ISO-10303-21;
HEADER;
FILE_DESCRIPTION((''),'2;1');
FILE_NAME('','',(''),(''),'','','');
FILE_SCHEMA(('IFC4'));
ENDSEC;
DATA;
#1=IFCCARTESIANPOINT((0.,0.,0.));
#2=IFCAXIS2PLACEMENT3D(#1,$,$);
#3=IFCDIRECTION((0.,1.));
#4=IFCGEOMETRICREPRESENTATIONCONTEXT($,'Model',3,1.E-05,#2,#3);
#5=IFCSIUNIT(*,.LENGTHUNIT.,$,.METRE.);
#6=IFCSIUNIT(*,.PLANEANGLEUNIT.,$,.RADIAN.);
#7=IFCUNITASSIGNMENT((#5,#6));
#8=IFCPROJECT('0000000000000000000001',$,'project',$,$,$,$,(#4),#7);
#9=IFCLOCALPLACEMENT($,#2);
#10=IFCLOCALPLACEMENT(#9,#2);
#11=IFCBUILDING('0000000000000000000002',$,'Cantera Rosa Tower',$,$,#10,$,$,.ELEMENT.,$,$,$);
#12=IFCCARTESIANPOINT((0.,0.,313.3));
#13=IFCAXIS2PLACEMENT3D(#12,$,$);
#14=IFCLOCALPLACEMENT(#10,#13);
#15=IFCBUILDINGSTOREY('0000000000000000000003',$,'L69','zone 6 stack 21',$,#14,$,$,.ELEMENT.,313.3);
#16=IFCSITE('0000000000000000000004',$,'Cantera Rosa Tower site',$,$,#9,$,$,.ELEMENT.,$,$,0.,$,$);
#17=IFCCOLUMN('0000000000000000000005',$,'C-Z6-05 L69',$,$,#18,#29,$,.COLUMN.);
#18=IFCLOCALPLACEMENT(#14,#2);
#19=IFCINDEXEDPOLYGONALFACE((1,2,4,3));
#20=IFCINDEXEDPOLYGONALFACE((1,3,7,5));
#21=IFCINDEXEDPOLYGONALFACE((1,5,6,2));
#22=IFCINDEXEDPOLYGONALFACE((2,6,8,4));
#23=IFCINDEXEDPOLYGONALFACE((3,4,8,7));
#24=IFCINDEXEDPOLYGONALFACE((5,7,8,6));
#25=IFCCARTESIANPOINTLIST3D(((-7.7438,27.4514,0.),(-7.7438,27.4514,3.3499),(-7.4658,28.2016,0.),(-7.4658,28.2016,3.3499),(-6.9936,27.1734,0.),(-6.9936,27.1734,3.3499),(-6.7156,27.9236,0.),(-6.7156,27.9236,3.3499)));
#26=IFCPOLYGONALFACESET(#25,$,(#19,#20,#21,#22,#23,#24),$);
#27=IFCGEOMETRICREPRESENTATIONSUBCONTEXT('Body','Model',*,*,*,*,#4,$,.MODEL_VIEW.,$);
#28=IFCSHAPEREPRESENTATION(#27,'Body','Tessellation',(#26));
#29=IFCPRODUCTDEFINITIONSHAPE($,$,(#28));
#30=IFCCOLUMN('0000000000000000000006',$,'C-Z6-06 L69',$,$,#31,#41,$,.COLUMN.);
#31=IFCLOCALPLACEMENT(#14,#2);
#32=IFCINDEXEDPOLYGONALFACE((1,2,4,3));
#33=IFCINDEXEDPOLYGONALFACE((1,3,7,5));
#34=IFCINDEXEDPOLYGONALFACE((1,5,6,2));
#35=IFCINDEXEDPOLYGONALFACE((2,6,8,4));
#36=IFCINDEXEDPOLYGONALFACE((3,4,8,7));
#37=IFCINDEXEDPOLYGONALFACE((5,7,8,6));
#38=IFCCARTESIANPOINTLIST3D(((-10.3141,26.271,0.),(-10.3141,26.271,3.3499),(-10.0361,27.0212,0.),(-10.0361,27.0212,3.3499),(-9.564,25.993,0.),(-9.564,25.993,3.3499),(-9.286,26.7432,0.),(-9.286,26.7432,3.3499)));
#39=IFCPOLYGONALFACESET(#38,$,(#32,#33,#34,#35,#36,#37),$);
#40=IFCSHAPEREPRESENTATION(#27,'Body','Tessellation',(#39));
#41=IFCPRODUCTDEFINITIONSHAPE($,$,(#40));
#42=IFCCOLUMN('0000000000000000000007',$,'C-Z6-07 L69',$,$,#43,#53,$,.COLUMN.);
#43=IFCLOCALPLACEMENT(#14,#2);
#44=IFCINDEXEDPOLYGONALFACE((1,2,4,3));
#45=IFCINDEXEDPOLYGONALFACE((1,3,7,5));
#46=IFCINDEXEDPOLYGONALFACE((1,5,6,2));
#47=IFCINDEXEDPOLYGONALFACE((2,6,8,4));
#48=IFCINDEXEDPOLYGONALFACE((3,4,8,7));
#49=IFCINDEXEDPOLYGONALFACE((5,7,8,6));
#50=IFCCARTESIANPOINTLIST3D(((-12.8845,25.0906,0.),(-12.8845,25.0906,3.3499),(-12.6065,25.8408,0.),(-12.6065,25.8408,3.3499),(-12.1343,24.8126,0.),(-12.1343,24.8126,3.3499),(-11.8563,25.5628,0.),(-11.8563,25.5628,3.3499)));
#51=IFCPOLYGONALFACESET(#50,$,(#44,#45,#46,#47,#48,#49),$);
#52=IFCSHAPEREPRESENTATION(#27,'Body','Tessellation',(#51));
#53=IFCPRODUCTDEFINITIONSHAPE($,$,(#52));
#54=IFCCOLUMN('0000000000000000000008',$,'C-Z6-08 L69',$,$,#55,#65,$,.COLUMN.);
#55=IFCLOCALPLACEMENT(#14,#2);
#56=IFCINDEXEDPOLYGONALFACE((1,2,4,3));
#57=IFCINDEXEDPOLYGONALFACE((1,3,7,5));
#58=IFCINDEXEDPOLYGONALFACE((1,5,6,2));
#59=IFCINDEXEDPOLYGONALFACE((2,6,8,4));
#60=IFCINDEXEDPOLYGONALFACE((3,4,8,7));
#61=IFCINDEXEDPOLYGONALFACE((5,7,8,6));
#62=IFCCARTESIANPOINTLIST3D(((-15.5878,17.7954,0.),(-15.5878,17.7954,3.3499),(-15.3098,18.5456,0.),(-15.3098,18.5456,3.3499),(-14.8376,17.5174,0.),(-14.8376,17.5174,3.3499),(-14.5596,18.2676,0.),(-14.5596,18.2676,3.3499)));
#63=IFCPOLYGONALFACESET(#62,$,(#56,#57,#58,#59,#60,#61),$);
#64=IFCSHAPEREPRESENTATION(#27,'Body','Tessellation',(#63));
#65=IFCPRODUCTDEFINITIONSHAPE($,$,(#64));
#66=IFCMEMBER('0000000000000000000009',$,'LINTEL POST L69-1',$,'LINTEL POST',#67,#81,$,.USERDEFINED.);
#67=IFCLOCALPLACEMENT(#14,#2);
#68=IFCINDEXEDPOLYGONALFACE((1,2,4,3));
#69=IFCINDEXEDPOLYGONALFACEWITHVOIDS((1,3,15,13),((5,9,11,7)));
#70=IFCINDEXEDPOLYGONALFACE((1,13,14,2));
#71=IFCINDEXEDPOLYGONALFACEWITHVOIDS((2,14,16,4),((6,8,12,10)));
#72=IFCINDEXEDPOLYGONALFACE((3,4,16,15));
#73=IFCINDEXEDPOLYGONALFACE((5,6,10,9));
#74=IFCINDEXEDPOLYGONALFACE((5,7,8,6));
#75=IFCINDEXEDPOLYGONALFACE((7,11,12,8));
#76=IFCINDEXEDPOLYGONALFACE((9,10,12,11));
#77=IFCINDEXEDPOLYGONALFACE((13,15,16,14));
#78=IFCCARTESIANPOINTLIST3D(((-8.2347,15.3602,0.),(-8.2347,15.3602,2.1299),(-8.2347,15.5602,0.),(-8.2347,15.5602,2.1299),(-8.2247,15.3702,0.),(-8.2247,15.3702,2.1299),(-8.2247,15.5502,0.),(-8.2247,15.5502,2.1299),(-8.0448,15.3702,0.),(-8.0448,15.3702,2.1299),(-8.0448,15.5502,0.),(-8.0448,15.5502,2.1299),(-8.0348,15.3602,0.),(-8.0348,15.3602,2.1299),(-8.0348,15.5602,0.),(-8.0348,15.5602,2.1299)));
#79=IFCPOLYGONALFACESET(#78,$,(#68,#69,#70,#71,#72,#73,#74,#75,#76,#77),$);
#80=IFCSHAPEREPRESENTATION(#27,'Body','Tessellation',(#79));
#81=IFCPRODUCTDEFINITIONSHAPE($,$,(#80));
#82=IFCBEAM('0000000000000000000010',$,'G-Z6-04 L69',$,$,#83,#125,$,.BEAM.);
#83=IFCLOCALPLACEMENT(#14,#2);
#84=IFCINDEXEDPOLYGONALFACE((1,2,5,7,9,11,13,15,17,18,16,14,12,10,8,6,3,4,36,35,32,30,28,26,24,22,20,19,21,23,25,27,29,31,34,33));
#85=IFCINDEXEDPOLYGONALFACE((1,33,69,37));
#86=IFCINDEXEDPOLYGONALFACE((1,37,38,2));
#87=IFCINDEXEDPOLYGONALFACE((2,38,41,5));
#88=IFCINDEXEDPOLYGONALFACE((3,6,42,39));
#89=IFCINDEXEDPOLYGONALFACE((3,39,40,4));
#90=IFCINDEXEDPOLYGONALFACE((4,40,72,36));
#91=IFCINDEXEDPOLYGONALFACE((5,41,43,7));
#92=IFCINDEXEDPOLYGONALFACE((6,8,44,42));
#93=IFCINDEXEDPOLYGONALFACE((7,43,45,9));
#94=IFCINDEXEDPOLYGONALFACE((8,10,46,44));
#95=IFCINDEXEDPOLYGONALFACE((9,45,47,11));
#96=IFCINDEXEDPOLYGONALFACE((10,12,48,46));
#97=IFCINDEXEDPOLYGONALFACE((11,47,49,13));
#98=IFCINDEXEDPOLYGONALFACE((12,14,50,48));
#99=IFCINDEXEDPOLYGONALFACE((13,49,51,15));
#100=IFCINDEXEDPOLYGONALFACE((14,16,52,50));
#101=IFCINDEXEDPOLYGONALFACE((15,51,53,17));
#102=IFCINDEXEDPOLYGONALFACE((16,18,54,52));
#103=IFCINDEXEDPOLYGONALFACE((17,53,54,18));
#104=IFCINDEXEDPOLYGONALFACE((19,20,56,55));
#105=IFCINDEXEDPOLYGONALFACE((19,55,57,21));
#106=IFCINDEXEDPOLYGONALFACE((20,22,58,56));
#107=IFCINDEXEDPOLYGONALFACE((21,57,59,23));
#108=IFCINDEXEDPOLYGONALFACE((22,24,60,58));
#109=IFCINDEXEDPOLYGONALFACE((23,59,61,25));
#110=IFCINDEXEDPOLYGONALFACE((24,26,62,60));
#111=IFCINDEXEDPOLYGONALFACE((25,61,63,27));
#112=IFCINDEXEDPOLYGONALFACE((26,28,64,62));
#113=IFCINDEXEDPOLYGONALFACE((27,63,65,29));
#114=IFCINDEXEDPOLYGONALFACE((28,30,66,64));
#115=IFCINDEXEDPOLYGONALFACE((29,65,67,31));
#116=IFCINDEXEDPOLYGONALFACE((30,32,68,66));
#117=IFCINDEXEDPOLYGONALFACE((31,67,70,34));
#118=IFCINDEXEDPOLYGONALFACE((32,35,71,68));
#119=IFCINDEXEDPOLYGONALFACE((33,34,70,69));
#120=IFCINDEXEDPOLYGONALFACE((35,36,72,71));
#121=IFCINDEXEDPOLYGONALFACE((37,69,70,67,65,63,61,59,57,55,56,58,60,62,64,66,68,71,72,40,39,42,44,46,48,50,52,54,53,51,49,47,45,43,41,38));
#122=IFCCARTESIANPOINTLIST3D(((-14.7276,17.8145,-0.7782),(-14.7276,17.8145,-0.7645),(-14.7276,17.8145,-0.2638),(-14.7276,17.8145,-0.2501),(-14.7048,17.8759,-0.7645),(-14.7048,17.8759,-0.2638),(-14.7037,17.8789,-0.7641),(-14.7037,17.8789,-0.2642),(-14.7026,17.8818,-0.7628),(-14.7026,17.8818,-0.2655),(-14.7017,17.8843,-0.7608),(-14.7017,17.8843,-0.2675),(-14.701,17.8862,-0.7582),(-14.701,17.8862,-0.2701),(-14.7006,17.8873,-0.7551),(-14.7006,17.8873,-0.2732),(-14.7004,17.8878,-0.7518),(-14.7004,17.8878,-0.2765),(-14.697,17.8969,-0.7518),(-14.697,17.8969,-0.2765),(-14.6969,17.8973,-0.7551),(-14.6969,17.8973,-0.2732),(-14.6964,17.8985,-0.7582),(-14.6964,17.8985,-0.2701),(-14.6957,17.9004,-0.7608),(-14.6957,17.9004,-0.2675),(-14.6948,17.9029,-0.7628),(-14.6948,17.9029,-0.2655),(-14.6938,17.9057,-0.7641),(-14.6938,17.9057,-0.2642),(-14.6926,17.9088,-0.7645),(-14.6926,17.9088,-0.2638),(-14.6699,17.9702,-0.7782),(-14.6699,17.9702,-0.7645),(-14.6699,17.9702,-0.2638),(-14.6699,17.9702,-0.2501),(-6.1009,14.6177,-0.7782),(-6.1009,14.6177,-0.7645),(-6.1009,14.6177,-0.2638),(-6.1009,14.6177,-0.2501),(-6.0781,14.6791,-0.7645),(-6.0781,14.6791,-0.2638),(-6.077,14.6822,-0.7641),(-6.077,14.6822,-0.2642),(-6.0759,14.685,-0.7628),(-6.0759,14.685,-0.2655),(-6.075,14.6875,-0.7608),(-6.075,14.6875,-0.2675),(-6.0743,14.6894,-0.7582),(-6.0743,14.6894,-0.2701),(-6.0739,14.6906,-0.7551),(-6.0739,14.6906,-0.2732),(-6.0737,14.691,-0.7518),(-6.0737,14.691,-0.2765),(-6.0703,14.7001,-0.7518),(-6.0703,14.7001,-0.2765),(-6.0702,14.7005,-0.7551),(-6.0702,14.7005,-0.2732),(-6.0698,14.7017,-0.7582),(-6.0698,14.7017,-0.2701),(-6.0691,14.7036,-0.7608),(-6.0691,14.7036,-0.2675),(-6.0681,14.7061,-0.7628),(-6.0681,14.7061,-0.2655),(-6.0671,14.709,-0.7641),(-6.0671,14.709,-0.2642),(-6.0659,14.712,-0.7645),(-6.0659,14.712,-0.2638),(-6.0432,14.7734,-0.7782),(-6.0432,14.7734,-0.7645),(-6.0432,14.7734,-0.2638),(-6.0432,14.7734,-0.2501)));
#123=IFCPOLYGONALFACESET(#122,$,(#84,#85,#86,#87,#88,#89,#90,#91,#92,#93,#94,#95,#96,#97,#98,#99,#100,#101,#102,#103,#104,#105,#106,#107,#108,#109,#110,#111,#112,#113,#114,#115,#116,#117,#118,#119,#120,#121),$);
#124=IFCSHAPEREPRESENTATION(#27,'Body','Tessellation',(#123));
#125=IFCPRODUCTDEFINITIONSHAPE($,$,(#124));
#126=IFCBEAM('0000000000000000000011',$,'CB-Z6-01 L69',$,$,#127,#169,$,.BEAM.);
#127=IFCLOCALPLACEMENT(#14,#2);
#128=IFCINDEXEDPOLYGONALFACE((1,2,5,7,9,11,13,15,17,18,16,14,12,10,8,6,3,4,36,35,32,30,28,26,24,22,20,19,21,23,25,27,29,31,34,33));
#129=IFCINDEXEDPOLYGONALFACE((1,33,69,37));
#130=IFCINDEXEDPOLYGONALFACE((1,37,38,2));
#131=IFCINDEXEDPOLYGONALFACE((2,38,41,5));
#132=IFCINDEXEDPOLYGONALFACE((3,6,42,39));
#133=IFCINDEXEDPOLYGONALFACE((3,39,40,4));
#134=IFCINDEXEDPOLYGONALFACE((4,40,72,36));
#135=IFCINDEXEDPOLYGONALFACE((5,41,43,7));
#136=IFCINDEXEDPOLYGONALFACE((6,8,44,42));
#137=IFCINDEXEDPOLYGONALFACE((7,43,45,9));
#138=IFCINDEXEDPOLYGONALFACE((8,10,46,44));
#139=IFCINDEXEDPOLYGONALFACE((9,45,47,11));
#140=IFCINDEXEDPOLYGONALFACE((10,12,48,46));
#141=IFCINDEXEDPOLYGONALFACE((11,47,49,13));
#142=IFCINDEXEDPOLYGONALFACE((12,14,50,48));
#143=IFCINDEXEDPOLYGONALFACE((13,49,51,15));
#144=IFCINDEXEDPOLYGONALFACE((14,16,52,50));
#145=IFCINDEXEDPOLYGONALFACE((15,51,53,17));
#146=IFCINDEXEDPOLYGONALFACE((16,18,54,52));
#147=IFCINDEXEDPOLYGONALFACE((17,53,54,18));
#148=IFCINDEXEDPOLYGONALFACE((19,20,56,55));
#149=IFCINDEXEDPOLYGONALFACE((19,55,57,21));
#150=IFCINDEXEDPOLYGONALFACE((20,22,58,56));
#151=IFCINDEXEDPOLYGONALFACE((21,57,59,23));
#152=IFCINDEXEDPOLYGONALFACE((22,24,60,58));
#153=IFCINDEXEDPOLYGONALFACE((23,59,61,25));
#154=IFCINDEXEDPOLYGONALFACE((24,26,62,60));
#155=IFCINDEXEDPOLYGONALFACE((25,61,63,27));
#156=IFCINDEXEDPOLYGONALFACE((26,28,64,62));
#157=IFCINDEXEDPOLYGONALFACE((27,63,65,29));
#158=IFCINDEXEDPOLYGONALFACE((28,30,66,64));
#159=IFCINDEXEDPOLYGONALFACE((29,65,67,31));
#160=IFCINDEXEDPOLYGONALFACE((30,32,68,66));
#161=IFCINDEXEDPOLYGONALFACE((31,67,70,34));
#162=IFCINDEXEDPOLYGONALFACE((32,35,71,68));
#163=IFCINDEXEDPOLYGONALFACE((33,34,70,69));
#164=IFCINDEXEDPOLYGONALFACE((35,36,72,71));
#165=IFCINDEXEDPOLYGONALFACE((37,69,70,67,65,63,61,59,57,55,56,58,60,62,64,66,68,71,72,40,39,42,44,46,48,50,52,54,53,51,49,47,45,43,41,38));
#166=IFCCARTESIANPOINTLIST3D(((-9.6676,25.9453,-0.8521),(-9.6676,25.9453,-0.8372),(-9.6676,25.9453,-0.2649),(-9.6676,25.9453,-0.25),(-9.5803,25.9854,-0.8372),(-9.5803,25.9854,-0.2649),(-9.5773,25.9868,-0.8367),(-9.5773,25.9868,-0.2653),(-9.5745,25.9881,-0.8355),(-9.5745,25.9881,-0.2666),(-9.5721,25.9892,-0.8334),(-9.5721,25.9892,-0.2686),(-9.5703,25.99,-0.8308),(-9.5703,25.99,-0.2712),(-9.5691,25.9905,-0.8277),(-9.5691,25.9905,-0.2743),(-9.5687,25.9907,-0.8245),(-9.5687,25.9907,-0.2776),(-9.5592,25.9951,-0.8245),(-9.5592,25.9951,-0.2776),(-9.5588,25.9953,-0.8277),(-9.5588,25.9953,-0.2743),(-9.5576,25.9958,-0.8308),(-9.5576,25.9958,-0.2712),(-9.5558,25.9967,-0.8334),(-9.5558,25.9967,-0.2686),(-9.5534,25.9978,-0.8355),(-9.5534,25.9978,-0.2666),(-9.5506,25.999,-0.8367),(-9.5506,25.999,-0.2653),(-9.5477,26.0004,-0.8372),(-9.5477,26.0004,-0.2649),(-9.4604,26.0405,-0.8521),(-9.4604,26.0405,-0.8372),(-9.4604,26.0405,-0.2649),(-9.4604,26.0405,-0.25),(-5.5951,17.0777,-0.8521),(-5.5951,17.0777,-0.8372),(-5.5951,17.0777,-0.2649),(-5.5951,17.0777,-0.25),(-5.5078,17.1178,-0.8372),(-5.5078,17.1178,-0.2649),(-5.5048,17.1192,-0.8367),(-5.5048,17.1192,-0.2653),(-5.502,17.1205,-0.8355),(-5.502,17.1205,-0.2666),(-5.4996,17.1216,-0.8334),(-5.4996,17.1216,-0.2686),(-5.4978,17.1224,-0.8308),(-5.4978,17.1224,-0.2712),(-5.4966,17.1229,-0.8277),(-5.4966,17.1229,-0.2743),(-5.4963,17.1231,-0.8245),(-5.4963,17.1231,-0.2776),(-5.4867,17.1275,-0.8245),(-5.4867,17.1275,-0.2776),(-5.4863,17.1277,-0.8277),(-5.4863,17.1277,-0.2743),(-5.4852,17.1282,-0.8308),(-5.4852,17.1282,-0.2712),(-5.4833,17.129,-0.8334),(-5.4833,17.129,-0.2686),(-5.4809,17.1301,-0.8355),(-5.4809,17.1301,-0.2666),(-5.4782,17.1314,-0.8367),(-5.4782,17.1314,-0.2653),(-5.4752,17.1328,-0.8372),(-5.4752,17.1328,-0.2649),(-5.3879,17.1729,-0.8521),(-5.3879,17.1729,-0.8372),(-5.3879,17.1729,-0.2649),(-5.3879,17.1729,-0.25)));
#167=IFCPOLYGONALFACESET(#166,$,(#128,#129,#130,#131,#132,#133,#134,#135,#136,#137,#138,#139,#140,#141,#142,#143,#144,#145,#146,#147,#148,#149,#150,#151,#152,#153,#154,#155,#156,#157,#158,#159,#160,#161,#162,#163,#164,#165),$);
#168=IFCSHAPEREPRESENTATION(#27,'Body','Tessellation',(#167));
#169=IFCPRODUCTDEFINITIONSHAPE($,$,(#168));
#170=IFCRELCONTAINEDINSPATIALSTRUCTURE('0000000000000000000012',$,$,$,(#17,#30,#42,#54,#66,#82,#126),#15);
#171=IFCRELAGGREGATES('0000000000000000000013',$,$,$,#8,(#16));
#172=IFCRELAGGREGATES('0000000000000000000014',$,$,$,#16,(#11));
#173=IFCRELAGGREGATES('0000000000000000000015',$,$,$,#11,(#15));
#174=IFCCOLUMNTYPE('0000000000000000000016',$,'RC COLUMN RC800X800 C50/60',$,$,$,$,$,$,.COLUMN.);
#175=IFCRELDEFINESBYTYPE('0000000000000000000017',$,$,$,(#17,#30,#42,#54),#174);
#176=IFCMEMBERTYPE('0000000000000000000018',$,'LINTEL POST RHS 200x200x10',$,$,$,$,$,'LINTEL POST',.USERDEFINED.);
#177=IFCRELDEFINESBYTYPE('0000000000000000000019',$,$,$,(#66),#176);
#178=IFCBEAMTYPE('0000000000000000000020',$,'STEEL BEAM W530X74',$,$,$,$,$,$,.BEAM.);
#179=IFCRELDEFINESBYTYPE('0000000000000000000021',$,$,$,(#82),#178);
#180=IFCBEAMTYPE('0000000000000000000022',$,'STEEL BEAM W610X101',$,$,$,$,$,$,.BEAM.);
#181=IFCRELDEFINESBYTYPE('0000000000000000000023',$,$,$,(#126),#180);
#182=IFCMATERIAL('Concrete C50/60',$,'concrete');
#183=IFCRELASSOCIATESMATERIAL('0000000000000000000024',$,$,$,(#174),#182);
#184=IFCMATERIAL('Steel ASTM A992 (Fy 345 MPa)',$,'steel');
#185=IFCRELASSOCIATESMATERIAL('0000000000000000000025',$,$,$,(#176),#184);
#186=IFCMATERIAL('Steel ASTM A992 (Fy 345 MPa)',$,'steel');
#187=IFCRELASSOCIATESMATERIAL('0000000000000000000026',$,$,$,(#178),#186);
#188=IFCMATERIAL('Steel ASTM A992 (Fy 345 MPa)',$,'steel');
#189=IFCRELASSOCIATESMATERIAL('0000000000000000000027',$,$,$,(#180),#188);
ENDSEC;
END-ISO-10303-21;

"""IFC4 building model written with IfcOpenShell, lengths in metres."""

from ifc_helpers import new_model, si_unit, direction, frame, origin, origin_2d, place, context, subcontext, project, spatial, rectangle, hollow_rectangle, i_section, extrude, material, material_profile, profile_set, type_object, element, save


model = new_model("IFC4")

# Units and contexts
model_context = context("Model", 3, precision=1e-05, world=origin(), true_north=direction((0.0, 1.0)))
body_context = subcontext(model_context, "Body", "Model", "MODEL_VIEW")
ifc_project = project(units=[si_unit("LENGTHUNIT", "METRE"), si_unit("PLANEANGLEUNIT", "RADIAN")], contexts=[model_context])

# Site, building, storey
site_placement = place(None, origin())
site = spatial("IfcSite", under=ifc_project, at=site_placement, Name="Cantera Rosa Tower site", CompositionType="ELEMENT", RefElevation=0.0)
building_placement = place(site_placement, origin())
building = spatial("IfcBuilding", under=site, at=building_placement, Name="Cantera Rosa Tower", CompositionType="ELEMENT")
storey_placement = place(building_placement, frame((0.0, 0.0, 313.3)))
storey = spatial("IfcBuildingStorey", under=building, at=storey_placement, Name="L69", Description="zone 6 stack 21", CompositionType="ELEMENT", Elevation=313.3)

# Columns
ifc_material_1 = material(Name="Concrete C50/60", Category="concrete")
ifc_material_profile_1 = material_profile(ifc_material_1, rectangle(XDim=0.8, YDim=0.8, at=origin_2d()), Name="RC COLUMN RC800X800 C50/60")
ifc_profile_set_1 = profile_set([ifc_material_profile_1], Name="Concrete C50/60")
column_type = type_object("IfcColumnType", Name="RC COLUMN RC800X800 C50/60", PredefinedType="COLUMN", material=ifc_profile_set_1)
for number, where, z_axis, x_axis, name in (
    (1, (-7.2297, 27.6875, 0.0), (0.0, 0.0, 1.0), (0.347481, 0.937687, 0.0), "C-Z6-05 L69"),
    (2, (-9.8, 26.5071, 0.0), (0.0, 0.0, 1.0), (0.347481, 0.937687, 0.0), "C-Z6-06 L69"),
    (3, (-12.3704, 25.3267, 0.0), (0.0, 0.0, 1.0), (0.347481, 0.937687, 0.0), "C-Z6-07 L69"),
    (4, (-15.0737, 18.0315, 0.0), (0.0, 0.0, 1.0), (0.347481, 0.937687, 0.0), "C-Z6-08 L69"),
):
    element("IfcColumn", number, at=place(storey_placement, frame(where, z_axis=z_axis, x_axis=x_axis)), inside=storey, type_object=column_type, Name=name, PredefinedType="COLUMN", context=body_context, shape_type="SweptSolid", body=[
        extrude(rectangle(XDim=0.8, YDim=0.8, at=origin_2d()), origin(), (0.0, 0.0, 1.0), 3.3499),
    ])

# Member
ifc_material_2 = material(Name="Steel ASTM A992 (Fy 345 MPa)", Category="steel")
ifc_material_profile_2 = material_profile(ifc_material_2, hollow_rectangle(XDim=0.2, YDim=0.2, WallThickness=0.01, at=origin_2d()), Name="LINTEL POST RHS 200x200x10")
ifc_profile_set_2 = profile_set([ifc_material_profile_2], Name="Steel ASTM A992 (Fy 345 MPa)")
member_type = type_object("IfcMemberType", Name="LINTEL POST RHS 200x200x10", ElementType="LINTEL POST", PredefinedType="USERDEFINED", material=ifc_profile_set_2)
member_placement = place(storey_placement, frame((-8.1348, 15.4602, 0.0), z_axis=(0.0, 0.0, 1.0), x_axis=(1.0, 0.0, 0.0)))
element("IfcMember", 5, at=member_placement, inside=storey, type_object=member_type, Name="LINTEL POST L69-1", ObjectType="LINTEL POST", PredefinedType="USERDEFINED", context=body_context, shape_type="SweptSolid", body=[
    extrude(hollow_rectangle(XDim=0.2, YDim=0.2, WallThickness=0.01, at=origin_2d()), origin(), (0.0, 0.0, 1.0), 2.1299),
])

# Beams
ifc_material_3 = material(Name="Steel ASTM A992 (Fy 345 MPa)", Category="steel")
ifc_material_profile_3 = material_profile(ifc_material_3, i_section(OverallWidth=0.166, OverallDepth=0.5281, WebThickness=0.0098, FlangeThickness=0.0137, FilletRadius=0.0127, at=origin_2d()), Name="W530X74")
ifc_profile_set_3 = profile_set([ifc_material_profile_3], Name="Steel ASTM A992 (Fy 345 MPa)")
beam_type_1 = type_object("IfcBeamType", Name="STEEL BEAM W530X74", PredefinedType="BEAM", material=ifc_profile_set_3)
beam_1_placement = place(storey_placement, frame((-14.6987, 17.8923, -0.5142), z_axis=(0.937689, -0.347477, 0.0), x_axis=(0.347477, 0.937689, 0.0)))
element("IfcBeam", 6, at=beam_1_placement, inside=storey, type_object=beam_type_1, Name="G-Z6-04 L69", PredefinedType="BEAM", context=body_context, shape_type="SweptSolid", body=[
    extrude(i_section(OverallWidth=0.166, OverallDepth=0.5281, WebThickness=0.0098, FlangeThickness=0.0137, FilletRadius=0.0127, at=origin_2d()), origin(), (0.0, 0.0, 1.0), 9.2),
])
ifc_material_4 = material(Name="Steel ASTM A992 (Fy 345 MPa)", Category="steel")
ifc_material_profile_4 = material_profile(ifc_material_4, i_section(OverallWidth=0.228, OverallDepth=0.6021, WebThickness=0.0105, FlangeThickness=0.0149, FilletRadius=0.0127, at=origin_2d()), Name="W610X101")
ifc_profile_set_4 = profile_set([ifc_material_profile_4], Name="Steel ASTM A992 (Fy 345 MPa)")
beam_type_2 = type_object("IfcBeamType", Name="STEEL BEAM W610X101", PredefinedType="BEAM", material=ifc_profile_set_4)
beam_2_placement = place(storey_placement, frame((-9.564, 25.9929, -0.551), z_axis=(0.417346, -0.908748, 0.0), x_axis=(0.908748, 0.417346, 0.0)))
element("IfcBeam", 7, at=beam_2_placement, inside=storey, type_object=beam_type_2, Name="CB-Z6-01 L69", PredefinedType="BEAM", context=body_context, shape_type="SweptSolid", body=[
    extrude(i_section(OverallWidth=0.228, OverallDepth=0.6021, WebThickness=0.0105, FlangeThickness=0.0149, FilletRadius=0.0127, at=origin_2d()), origin(), (0.0, 0.0, 1.0), 9.7581),
])

save(model, "model.ifc")
